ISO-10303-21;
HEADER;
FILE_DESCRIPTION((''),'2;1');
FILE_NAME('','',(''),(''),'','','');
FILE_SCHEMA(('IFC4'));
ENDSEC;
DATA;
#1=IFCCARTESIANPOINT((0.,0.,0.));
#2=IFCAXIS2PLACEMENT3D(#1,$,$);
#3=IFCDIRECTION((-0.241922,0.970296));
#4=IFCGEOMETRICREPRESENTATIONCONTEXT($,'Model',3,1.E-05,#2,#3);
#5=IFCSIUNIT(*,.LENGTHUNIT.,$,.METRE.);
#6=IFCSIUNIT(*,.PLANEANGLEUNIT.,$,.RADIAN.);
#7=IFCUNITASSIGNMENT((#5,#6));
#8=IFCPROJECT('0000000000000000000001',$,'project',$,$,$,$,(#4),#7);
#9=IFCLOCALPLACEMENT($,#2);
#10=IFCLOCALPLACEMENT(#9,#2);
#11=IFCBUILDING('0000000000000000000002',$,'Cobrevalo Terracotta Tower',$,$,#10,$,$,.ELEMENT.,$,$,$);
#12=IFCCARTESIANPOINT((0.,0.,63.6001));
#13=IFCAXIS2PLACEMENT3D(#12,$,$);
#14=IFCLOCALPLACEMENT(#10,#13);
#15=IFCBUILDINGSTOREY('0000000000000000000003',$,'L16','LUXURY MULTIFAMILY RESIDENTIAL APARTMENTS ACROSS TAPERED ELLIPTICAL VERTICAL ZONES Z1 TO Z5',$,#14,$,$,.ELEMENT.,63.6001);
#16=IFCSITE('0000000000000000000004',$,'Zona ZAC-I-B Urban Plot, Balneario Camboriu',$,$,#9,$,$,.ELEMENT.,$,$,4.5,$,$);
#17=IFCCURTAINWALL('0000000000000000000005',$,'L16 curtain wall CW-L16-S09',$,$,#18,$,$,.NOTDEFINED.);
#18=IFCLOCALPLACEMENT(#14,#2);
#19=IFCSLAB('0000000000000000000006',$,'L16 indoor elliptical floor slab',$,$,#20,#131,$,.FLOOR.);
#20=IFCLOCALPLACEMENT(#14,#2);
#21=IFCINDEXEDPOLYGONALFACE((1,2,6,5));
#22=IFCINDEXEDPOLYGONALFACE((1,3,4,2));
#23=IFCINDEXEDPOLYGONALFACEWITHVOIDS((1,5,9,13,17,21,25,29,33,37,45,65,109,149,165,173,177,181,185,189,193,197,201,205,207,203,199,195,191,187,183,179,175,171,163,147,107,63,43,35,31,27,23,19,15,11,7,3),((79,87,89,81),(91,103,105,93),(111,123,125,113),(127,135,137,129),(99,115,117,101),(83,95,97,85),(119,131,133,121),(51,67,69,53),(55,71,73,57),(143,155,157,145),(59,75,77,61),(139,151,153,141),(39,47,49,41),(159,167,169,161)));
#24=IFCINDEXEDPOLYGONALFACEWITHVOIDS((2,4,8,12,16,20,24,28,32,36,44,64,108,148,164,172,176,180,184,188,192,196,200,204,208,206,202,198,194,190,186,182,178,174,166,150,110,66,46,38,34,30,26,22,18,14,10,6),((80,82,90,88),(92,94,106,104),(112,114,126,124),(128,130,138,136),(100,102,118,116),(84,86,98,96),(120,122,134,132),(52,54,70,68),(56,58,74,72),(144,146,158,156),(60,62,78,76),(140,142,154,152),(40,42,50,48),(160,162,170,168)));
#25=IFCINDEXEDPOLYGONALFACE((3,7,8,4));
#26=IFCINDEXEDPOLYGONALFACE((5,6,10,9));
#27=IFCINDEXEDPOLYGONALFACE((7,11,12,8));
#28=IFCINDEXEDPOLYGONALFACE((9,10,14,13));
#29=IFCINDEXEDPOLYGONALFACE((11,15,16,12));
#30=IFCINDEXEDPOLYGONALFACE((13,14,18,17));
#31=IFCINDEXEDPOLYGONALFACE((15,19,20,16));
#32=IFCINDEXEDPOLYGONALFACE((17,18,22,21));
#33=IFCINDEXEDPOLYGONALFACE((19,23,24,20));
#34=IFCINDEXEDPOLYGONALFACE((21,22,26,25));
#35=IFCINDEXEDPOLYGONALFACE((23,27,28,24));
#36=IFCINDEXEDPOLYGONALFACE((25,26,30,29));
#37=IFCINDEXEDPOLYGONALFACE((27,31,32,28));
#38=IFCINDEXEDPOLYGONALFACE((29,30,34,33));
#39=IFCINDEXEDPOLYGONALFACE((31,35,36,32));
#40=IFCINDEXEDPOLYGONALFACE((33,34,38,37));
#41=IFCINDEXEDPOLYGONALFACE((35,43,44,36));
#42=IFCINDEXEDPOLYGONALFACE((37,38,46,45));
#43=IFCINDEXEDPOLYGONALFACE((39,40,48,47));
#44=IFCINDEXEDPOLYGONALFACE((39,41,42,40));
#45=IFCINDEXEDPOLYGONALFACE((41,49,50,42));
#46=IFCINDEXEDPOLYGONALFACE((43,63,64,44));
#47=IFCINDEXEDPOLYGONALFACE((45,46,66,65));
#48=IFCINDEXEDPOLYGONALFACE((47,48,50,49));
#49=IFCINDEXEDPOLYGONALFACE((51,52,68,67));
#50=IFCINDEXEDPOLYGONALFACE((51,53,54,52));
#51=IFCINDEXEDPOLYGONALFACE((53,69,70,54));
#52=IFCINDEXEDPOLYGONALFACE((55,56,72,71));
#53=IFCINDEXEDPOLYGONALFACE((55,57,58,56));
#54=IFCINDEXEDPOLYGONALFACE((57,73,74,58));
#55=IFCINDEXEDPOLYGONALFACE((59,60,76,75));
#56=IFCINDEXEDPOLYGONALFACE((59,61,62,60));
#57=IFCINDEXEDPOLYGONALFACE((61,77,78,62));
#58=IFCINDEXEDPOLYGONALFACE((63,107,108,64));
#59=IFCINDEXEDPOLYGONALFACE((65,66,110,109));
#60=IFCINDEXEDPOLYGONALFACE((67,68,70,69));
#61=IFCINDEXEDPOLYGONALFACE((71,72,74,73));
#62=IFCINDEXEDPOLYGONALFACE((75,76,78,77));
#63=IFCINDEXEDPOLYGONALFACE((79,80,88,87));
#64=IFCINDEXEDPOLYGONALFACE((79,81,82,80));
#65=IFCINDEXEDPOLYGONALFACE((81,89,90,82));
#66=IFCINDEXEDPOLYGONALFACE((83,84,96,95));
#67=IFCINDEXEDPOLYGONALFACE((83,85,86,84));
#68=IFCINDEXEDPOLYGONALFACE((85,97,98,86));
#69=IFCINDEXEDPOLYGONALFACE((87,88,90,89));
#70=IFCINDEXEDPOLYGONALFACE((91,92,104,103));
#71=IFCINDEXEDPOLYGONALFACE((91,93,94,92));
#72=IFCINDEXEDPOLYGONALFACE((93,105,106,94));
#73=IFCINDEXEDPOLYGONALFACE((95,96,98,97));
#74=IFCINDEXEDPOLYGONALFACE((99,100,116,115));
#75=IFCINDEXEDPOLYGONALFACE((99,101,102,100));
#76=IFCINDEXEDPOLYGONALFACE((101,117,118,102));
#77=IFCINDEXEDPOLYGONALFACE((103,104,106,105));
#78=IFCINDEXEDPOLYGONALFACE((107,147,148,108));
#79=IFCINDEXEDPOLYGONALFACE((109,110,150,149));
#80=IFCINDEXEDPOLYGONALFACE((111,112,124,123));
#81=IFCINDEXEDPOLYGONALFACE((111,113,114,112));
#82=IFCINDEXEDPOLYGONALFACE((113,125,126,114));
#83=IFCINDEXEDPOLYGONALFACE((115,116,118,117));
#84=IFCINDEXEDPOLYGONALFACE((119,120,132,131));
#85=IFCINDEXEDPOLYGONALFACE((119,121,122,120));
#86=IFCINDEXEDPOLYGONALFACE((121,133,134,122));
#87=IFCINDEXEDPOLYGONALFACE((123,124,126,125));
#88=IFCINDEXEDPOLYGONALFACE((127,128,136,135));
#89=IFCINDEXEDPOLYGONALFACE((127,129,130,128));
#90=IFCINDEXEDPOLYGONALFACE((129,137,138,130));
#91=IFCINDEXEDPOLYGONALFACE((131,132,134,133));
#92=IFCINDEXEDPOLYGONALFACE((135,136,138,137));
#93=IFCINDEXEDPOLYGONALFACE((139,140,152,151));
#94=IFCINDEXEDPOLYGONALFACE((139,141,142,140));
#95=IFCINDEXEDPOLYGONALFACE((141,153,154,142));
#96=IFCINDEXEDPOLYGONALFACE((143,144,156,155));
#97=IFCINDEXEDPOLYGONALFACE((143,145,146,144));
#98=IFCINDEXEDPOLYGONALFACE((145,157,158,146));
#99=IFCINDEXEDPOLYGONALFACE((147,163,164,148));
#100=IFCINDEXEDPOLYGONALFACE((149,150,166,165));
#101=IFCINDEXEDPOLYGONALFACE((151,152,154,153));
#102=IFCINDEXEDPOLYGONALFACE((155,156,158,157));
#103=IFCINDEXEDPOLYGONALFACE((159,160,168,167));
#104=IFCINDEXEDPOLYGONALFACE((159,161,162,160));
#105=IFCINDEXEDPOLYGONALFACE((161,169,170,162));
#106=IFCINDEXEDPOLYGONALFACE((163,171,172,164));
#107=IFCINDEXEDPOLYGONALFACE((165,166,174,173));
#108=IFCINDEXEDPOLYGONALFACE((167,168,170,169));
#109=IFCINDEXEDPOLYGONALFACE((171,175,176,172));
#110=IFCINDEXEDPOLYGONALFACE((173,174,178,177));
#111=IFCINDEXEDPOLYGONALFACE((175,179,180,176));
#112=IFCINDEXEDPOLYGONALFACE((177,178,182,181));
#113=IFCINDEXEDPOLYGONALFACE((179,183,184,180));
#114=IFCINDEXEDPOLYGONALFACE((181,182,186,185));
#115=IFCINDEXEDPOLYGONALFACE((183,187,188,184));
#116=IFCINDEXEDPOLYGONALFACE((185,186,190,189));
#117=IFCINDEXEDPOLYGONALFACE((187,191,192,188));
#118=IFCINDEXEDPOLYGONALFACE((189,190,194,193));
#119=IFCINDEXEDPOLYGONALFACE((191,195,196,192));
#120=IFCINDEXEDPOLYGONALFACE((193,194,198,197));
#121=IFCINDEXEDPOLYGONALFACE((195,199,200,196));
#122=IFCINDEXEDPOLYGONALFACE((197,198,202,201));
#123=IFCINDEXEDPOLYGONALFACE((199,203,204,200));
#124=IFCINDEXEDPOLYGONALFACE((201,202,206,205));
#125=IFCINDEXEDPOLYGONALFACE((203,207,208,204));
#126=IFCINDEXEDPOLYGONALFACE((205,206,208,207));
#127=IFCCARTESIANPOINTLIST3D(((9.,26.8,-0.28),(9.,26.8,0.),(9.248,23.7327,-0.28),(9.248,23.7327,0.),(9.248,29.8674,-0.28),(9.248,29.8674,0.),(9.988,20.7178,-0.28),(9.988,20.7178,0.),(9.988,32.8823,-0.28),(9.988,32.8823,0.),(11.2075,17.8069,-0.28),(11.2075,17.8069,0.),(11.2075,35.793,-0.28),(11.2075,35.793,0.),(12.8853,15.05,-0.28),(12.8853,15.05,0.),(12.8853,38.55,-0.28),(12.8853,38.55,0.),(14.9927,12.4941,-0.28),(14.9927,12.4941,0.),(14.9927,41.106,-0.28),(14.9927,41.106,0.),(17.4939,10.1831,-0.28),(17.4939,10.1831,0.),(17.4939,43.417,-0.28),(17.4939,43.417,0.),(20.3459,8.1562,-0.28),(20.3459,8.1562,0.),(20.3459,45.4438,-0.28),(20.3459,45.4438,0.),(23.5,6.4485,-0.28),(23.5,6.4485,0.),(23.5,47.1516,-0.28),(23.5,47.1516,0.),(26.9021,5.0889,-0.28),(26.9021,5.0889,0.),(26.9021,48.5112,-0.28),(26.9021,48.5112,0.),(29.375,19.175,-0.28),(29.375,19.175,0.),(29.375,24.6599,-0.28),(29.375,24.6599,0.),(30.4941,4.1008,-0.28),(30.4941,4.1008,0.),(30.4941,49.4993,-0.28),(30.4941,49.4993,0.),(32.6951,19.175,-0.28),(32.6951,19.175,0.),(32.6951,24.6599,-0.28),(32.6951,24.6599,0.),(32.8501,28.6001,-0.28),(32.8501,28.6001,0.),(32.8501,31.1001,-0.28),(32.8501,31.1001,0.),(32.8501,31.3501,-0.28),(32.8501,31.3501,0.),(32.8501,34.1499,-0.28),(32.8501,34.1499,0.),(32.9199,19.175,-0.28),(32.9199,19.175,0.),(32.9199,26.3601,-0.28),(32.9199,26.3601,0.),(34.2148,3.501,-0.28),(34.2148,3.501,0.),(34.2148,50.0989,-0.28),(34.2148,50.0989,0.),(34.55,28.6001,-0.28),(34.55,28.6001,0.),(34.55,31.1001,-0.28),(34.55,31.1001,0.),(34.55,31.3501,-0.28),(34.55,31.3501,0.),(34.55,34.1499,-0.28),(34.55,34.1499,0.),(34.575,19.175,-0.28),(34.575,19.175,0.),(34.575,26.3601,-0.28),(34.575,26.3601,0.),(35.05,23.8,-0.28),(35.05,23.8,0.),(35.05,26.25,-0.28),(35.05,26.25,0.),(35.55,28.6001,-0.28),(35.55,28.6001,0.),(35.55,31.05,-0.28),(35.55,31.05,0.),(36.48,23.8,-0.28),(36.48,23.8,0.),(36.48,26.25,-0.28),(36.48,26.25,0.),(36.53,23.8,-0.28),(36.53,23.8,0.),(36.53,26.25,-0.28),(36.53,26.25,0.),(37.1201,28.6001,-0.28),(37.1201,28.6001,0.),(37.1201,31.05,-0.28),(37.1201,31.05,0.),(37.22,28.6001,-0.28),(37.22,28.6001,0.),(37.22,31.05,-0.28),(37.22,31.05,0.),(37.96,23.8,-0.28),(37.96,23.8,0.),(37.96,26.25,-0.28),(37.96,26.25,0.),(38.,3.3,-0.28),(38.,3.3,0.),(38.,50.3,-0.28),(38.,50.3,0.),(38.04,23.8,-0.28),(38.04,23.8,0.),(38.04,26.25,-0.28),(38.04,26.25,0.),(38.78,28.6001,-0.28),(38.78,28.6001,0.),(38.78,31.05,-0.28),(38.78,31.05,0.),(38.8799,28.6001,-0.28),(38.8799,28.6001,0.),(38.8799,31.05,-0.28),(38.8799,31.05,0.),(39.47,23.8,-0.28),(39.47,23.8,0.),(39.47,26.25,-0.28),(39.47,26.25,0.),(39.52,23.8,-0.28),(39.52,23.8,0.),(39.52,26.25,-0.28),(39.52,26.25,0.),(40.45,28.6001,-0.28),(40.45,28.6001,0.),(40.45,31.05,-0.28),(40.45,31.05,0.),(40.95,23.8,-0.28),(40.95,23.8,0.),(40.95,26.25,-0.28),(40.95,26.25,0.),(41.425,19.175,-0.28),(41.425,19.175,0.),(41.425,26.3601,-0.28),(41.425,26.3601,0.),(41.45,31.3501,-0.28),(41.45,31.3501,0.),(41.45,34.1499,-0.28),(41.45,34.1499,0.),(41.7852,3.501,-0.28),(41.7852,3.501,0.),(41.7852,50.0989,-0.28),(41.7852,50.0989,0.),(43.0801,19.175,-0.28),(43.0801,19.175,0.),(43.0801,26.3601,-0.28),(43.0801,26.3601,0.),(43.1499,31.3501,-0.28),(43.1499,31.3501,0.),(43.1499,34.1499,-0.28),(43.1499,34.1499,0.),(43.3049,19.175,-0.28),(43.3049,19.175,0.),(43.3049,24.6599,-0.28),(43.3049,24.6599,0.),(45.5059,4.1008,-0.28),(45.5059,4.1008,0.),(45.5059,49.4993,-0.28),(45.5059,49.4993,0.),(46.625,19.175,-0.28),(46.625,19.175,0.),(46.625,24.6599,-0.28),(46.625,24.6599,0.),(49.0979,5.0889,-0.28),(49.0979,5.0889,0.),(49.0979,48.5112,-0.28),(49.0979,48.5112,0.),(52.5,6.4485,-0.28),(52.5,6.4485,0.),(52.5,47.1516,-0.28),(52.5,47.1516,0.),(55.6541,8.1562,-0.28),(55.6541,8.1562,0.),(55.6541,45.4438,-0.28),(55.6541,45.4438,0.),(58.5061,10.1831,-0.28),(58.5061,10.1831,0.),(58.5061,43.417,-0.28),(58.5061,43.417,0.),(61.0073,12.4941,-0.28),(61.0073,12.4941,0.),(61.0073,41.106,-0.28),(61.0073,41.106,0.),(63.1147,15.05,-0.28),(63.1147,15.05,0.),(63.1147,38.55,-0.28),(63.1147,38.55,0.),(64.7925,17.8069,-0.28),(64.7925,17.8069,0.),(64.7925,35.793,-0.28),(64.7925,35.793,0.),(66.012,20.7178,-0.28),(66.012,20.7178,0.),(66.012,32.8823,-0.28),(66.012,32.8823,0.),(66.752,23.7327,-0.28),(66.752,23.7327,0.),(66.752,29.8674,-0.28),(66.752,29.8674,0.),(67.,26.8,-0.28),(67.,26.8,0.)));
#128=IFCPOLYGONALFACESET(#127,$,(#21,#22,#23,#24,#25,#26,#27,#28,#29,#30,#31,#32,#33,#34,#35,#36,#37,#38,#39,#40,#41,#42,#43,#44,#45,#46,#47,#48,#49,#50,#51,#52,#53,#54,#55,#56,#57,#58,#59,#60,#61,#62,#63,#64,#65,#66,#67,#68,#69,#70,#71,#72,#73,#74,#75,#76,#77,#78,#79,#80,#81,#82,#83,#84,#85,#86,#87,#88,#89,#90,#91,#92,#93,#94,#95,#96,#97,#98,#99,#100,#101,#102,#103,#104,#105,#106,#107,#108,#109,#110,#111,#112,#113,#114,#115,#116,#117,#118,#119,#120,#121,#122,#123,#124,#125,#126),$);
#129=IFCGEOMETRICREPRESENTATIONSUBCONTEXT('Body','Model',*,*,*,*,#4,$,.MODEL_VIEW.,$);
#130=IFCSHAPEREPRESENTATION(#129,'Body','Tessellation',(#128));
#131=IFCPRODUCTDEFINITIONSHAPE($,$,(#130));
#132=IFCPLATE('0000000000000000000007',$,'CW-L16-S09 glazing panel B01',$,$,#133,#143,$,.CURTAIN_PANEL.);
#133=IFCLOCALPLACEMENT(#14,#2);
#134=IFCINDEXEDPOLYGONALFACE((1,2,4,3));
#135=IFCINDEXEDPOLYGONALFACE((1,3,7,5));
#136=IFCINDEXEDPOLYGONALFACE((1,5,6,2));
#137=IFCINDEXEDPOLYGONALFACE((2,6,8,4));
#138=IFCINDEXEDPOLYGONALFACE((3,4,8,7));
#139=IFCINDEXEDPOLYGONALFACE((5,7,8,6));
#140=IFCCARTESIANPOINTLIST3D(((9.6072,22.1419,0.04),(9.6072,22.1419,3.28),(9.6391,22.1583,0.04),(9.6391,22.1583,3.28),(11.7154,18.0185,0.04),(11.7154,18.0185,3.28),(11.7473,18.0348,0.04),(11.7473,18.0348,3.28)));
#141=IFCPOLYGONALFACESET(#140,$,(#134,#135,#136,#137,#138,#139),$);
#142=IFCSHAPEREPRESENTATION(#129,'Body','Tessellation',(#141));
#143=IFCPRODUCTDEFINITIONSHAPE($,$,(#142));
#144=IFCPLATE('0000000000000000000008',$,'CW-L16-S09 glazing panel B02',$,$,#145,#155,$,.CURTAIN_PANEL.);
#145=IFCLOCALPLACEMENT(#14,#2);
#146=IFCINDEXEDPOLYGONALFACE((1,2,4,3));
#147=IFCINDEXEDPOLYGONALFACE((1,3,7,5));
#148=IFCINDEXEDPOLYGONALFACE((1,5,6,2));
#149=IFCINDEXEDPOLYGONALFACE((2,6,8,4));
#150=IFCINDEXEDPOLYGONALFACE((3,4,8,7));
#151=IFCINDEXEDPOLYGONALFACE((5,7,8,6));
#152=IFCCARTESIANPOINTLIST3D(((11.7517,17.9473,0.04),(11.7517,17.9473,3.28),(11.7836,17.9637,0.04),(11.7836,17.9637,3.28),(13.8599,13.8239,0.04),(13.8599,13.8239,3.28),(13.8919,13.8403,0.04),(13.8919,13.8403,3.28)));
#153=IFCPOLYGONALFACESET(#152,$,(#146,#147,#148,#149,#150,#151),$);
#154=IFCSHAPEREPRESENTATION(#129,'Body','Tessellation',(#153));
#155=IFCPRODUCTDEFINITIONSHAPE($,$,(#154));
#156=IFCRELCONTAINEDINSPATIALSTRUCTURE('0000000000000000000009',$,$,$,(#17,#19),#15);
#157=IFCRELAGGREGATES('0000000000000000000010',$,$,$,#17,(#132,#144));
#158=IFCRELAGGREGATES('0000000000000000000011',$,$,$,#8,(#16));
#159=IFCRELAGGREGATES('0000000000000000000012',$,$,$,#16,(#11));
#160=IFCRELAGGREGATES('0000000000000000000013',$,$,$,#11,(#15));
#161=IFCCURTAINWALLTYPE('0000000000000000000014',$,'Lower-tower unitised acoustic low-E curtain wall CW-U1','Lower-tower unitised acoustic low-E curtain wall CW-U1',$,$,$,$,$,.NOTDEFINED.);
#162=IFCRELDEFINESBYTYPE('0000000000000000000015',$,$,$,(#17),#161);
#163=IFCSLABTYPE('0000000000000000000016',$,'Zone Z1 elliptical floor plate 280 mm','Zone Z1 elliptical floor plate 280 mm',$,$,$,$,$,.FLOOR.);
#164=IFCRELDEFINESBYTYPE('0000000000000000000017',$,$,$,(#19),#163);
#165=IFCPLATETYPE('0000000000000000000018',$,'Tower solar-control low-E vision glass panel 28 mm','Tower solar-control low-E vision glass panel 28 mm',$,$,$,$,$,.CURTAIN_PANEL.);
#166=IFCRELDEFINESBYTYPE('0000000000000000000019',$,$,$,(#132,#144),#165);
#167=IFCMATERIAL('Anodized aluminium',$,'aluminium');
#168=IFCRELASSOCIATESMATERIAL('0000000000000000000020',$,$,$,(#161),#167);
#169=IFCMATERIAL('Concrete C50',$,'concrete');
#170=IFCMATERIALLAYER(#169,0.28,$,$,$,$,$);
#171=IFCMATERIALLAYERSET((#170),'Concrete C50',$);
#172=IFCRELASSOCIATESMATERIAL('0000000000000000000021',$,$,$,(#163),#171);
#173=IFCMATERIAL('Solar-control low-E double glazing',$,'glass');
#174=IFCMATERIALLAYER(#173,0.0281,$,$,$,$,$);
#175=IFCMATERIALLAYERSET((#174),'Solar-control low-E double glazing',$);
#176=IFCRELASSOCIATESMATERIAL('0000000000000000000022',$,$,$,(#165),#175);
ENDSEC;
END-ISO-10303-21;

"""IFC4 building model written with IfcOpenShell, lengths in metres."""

from ifc_helpers import new_model, si_unit, direction, frame, origin, origin_2d, place, context, subcontext, project, spatial, polyline, rectangle, outline, extrude, source, transform, mapped, material, layer, layer_set, type_object, element, aggregate, save


model = new_model("IFC4")

# Units and contexts
model_context = context("Model", 3, precision=1e-05, world=origin(), true_north=direction((-0.241922, 0.970296)))
body_context = subcontext(model_context, "Body", "Model", "MODEL_VIEW")
ifc_project = project(units=[si_unit("LENGTHUNIT", "METRE"), si_unit("PLANEANGLEUNIT", "RADIAN")], contexts=[model_context])

# Site, building, storey
site_placement = place(None, origin())
site = spatial("IfcSite", under=ifc_project, at=site_placement, Name="Zona ZAC-I-B Urban Plot, Balneario Camboriu", CompositionType="ELEMENT", RefElevation=4.5)
building_placement = place(site_placement, origin())
building = spatial("IfcBuilding", under=site, at=building_placement, Name="Cobrevalo Terracotta Tower", CompositionType="ELEMENT")
storey_placement = place(building_placement, frame((0.0, 0.0, 63.6001)))
storey = spatial("IfcBuildingStorey", under=building, at=storey_placement, Name="L16", Description="LUXURY MULTIFAMILY RESIDENTIAL APARTMENTS ACROSS TAPERED ELLIPTICAL VERTICAL ZONES Z1 TO Z5", CompositionType="ELEMENT", Elevation=63.6001)

# Curtain wall
ifc_material_1 = material(Name="Anodized aluminium", Category="aluminium")
curtain_wall_type = type_object("IfcCurtainWallType", Name="Lower-tower unitised acoustic low-E curtain wall CW-U1", Description="Lower-tower unitised acoustic low-E curtain wall CW-U1", PredefinedType="NOTDEFINED", material=ifc_material_1)
curtain_wall_1_placement = place(storey_placement, origin())
curtain_wall_1 = element("IfcCurtainWall", 1, at=curtain_wall_1_placement, inside=storey, type_object=curtain_wall_type, Name="L16 curtain wall CW-L16-S09", PredefinedType="NOTDEFINED")

# Shared definitions
ifc_material_2 = material(Name="Concrete C50", Category="concrete")

# Slab
ifc_layer_1 = layer(ifc_material_2, 0.28)
ifc_layer_set_1 = layer_set([ifc_layer_1], Name="Concrete C50")
slab_type_1 = type_object("IfcSlabType", Name="Zone Z1 elliptical floor plate 280 mm", Description="Zone Z1 elliptical floor plate 280 mm", PredefinedType="FLOOR", material=ifc_layer_set_1)
slab_1_placement = place(storey_placement, frame((0.0, 0.0, -0.28)))
element("IfcSlab", 2, at=slab_1_placement, inside=storey, type_object=slab_type_1, Name="L16 indoor elliptical floor slab", PredefinedType="FLOOR", context=body_context, shape_type="SweptSolid", body=[
    extrude(outline(polyline([(66.752, 23.7327), (66.012, 20.7178), (64.7925, 17.8069), (63.1147, 15.05), (61.0073, 12.4941), (58.5061, 10.1831), (55.6541, 8.1562), (52.5, 6.4485), (49.0979, 5.0889), (45.5059, 4.1008), (41.7852, 3.501), (38.0, 3.3), (34.2148, 3.501), (30.4941, 4.1008), (26.9021, 5.0889), (23.5, 6.4485), (20.3459, 8.1562), (17.4939, 10.1831), (14.9927, 12.4941), (12.8853, 15.05), (11.2075, 17.8069), (9.988, 20.7178), (9.248, 23.7327), (9.0, 26.8), (9.248, 29.8674), (9.988, 32.8823), (11.2075, 35.793), (12.8853, 38.55), (14.9927, 41.106), (17.4939, 43.417), (20.3459, 45.4438), (23.5, 47.1516), (26.9021, 48.5112), (30.4941, 49.4993), (34.2148, 50.0989), (38.0, 50.3), (41.7852, 50.0989), (45.5059, 49.4993), (49.0979, 48.5112), (52.5, 47.1516), (55.6541, 45.4438), (58.5061, 43.417), (61.0073, 41.106), (63.1147, 38.55), (64.7925, 35.793), (66.012, 32.8823), (66.752, 29.8674), (67.0, 26.8), (66.752, 23.7327)]), holes=[polyline([(32.6951, 19.175), (32.6951, 24.6599), (29.375, 24.6599), (29.375, 19.175), (32.6951, 19.175)]), polyline([(34.575, 19.175), (34.575, 26.3601), (32.9199, 26.3601), (32.9199, 19.175), (34.575, 19.175)]), polyline([(36.48, 23.8), (36.48, 26.25), (35.05, 26.25), (35.05, 23.8), (36.48, 23.8)]), polyline([(37.96, 23.8), (37.96, 26.25), (36.53, 26.25), (36.53, 23.8), (37.96, 23.8)]), polyline([(37.1201, 28.6001), (37.1201, 31.05), (35.55, 31.05), (35.55, 28.6001), (37.1201, 28.6001)]), polyline([(34.55, 28.6001), (34.55, 31.1001), (32.8501, 31.1001), (32.8501, 28.6001), (34.55, 28.6001)]), polyline([(34.55, 31.3501), (34.55, 34.1499), (32.8501, 34.1499), (32.8501, 31.3501), (34.55, 31.3501)]), polyline([(46.625, 19.175), (46.625, 24.6599), (43.3049, 24.6599), (43.3049, 19.175), (46.625, 19.175)]), polyline([(43.0801, 19.175), (43.0801, 26.3601), (41.425, 26.3601), (41.425, 19.175), (43.0801, 19.175)]), polyline([(39.47, 23.8), (39.47, 26.25), (38.04, 26.25), (38.04, 23.8), (39.47, 23.8)]), polyline([(40.95, 23.8), (40.95, 26.25), (39.52, 26.25), (39.52, 23.8), (40.95, 23.8)]), polyline([(38.78, 28.6001), (38.78, 31.05), (37.22, 31.05), (37.22, 28.6001), (38.78, 28.6001)]), polyline([(40.45, 28.6001), (40.45, 31.05), (38.8799, 31.05), (38.8799, 28.6001), (40.45, 28.6001)]), polyline([(43.1499, 31.3501), (43.1499, 34.1499), (41.45, 34.1499), (41.45, 31.3501), (43.1499, 31.3501)])]), origin(), (0.0, 0.0, 1.0), 0.28),
])

# Plates
ifc_material_3 = material(Name="Solar-control low-E double glazing", Category="glass")
ifc_layer_2 = layer(ifc_material_3, 0.0281)
ifc_layer_set_2 = layer_set([ifc_layer_2], Name="Solar-control low-E double glazing")
plate_type = type_object("IfcPlateType", Name="Tower solar-control low-E vision glass panel 28 mm", Description="Tower solar-control low-E vision glass panel 28 mm", PredefinedType="CURTAIN_PANEL", material=ifc_layer_set_2)
shared_shape_1 = source(origin(), body_context, "Body", "SweptSolid", [
    extrude(rectangle(XDim=4.6311, YDim=0.0359, at=origin_2d()), origin(), (0.0, 0.0, 1.0), 3.24),
])
plate_1_placement = place(storey_placement, frame((10.6772, 20.0884, 0.04), z_axis=(0.0, 0.0, 1.0), x_axis=(0.455231, -0.890373, 0.0)))
plate_1 = element("IfcPlate", 3, at=plate_1_placement, type_object=plate_type, Name="CW-L16-S09 glazing panel B01", PredefinedType="CURTAIN_PANEL", context=body_context, shape_type="MappedRepresentation", body=[
    mapped(shared_shape_1, transform((0.0, 0.0, 0.0), scale=1.0)),
])
plate_2_placement = place(storey_placement, frame((12.8218, 15.8938, 0.04), z_axis=(0.0, 0.0, 1.0), x_axis=(0.455231, -0.890373, 0.0)))
plate_2 = element("IfcPlate", 4, at=plate_2_placement, type_object=plate_type, Name="CW-L16-S09 glazing panel B02", PredefinedType="CURTAIN_PANEL", context=body_context, shape_type="MappedRepresentation", body=[
    mapped(shared_shape_1, transform((0.0, 0.0, 0.0), scale=1.0)),
])
aggregate(curtain_wall_1, [plate_1, plate_2])

save(model, "model.ifc")
